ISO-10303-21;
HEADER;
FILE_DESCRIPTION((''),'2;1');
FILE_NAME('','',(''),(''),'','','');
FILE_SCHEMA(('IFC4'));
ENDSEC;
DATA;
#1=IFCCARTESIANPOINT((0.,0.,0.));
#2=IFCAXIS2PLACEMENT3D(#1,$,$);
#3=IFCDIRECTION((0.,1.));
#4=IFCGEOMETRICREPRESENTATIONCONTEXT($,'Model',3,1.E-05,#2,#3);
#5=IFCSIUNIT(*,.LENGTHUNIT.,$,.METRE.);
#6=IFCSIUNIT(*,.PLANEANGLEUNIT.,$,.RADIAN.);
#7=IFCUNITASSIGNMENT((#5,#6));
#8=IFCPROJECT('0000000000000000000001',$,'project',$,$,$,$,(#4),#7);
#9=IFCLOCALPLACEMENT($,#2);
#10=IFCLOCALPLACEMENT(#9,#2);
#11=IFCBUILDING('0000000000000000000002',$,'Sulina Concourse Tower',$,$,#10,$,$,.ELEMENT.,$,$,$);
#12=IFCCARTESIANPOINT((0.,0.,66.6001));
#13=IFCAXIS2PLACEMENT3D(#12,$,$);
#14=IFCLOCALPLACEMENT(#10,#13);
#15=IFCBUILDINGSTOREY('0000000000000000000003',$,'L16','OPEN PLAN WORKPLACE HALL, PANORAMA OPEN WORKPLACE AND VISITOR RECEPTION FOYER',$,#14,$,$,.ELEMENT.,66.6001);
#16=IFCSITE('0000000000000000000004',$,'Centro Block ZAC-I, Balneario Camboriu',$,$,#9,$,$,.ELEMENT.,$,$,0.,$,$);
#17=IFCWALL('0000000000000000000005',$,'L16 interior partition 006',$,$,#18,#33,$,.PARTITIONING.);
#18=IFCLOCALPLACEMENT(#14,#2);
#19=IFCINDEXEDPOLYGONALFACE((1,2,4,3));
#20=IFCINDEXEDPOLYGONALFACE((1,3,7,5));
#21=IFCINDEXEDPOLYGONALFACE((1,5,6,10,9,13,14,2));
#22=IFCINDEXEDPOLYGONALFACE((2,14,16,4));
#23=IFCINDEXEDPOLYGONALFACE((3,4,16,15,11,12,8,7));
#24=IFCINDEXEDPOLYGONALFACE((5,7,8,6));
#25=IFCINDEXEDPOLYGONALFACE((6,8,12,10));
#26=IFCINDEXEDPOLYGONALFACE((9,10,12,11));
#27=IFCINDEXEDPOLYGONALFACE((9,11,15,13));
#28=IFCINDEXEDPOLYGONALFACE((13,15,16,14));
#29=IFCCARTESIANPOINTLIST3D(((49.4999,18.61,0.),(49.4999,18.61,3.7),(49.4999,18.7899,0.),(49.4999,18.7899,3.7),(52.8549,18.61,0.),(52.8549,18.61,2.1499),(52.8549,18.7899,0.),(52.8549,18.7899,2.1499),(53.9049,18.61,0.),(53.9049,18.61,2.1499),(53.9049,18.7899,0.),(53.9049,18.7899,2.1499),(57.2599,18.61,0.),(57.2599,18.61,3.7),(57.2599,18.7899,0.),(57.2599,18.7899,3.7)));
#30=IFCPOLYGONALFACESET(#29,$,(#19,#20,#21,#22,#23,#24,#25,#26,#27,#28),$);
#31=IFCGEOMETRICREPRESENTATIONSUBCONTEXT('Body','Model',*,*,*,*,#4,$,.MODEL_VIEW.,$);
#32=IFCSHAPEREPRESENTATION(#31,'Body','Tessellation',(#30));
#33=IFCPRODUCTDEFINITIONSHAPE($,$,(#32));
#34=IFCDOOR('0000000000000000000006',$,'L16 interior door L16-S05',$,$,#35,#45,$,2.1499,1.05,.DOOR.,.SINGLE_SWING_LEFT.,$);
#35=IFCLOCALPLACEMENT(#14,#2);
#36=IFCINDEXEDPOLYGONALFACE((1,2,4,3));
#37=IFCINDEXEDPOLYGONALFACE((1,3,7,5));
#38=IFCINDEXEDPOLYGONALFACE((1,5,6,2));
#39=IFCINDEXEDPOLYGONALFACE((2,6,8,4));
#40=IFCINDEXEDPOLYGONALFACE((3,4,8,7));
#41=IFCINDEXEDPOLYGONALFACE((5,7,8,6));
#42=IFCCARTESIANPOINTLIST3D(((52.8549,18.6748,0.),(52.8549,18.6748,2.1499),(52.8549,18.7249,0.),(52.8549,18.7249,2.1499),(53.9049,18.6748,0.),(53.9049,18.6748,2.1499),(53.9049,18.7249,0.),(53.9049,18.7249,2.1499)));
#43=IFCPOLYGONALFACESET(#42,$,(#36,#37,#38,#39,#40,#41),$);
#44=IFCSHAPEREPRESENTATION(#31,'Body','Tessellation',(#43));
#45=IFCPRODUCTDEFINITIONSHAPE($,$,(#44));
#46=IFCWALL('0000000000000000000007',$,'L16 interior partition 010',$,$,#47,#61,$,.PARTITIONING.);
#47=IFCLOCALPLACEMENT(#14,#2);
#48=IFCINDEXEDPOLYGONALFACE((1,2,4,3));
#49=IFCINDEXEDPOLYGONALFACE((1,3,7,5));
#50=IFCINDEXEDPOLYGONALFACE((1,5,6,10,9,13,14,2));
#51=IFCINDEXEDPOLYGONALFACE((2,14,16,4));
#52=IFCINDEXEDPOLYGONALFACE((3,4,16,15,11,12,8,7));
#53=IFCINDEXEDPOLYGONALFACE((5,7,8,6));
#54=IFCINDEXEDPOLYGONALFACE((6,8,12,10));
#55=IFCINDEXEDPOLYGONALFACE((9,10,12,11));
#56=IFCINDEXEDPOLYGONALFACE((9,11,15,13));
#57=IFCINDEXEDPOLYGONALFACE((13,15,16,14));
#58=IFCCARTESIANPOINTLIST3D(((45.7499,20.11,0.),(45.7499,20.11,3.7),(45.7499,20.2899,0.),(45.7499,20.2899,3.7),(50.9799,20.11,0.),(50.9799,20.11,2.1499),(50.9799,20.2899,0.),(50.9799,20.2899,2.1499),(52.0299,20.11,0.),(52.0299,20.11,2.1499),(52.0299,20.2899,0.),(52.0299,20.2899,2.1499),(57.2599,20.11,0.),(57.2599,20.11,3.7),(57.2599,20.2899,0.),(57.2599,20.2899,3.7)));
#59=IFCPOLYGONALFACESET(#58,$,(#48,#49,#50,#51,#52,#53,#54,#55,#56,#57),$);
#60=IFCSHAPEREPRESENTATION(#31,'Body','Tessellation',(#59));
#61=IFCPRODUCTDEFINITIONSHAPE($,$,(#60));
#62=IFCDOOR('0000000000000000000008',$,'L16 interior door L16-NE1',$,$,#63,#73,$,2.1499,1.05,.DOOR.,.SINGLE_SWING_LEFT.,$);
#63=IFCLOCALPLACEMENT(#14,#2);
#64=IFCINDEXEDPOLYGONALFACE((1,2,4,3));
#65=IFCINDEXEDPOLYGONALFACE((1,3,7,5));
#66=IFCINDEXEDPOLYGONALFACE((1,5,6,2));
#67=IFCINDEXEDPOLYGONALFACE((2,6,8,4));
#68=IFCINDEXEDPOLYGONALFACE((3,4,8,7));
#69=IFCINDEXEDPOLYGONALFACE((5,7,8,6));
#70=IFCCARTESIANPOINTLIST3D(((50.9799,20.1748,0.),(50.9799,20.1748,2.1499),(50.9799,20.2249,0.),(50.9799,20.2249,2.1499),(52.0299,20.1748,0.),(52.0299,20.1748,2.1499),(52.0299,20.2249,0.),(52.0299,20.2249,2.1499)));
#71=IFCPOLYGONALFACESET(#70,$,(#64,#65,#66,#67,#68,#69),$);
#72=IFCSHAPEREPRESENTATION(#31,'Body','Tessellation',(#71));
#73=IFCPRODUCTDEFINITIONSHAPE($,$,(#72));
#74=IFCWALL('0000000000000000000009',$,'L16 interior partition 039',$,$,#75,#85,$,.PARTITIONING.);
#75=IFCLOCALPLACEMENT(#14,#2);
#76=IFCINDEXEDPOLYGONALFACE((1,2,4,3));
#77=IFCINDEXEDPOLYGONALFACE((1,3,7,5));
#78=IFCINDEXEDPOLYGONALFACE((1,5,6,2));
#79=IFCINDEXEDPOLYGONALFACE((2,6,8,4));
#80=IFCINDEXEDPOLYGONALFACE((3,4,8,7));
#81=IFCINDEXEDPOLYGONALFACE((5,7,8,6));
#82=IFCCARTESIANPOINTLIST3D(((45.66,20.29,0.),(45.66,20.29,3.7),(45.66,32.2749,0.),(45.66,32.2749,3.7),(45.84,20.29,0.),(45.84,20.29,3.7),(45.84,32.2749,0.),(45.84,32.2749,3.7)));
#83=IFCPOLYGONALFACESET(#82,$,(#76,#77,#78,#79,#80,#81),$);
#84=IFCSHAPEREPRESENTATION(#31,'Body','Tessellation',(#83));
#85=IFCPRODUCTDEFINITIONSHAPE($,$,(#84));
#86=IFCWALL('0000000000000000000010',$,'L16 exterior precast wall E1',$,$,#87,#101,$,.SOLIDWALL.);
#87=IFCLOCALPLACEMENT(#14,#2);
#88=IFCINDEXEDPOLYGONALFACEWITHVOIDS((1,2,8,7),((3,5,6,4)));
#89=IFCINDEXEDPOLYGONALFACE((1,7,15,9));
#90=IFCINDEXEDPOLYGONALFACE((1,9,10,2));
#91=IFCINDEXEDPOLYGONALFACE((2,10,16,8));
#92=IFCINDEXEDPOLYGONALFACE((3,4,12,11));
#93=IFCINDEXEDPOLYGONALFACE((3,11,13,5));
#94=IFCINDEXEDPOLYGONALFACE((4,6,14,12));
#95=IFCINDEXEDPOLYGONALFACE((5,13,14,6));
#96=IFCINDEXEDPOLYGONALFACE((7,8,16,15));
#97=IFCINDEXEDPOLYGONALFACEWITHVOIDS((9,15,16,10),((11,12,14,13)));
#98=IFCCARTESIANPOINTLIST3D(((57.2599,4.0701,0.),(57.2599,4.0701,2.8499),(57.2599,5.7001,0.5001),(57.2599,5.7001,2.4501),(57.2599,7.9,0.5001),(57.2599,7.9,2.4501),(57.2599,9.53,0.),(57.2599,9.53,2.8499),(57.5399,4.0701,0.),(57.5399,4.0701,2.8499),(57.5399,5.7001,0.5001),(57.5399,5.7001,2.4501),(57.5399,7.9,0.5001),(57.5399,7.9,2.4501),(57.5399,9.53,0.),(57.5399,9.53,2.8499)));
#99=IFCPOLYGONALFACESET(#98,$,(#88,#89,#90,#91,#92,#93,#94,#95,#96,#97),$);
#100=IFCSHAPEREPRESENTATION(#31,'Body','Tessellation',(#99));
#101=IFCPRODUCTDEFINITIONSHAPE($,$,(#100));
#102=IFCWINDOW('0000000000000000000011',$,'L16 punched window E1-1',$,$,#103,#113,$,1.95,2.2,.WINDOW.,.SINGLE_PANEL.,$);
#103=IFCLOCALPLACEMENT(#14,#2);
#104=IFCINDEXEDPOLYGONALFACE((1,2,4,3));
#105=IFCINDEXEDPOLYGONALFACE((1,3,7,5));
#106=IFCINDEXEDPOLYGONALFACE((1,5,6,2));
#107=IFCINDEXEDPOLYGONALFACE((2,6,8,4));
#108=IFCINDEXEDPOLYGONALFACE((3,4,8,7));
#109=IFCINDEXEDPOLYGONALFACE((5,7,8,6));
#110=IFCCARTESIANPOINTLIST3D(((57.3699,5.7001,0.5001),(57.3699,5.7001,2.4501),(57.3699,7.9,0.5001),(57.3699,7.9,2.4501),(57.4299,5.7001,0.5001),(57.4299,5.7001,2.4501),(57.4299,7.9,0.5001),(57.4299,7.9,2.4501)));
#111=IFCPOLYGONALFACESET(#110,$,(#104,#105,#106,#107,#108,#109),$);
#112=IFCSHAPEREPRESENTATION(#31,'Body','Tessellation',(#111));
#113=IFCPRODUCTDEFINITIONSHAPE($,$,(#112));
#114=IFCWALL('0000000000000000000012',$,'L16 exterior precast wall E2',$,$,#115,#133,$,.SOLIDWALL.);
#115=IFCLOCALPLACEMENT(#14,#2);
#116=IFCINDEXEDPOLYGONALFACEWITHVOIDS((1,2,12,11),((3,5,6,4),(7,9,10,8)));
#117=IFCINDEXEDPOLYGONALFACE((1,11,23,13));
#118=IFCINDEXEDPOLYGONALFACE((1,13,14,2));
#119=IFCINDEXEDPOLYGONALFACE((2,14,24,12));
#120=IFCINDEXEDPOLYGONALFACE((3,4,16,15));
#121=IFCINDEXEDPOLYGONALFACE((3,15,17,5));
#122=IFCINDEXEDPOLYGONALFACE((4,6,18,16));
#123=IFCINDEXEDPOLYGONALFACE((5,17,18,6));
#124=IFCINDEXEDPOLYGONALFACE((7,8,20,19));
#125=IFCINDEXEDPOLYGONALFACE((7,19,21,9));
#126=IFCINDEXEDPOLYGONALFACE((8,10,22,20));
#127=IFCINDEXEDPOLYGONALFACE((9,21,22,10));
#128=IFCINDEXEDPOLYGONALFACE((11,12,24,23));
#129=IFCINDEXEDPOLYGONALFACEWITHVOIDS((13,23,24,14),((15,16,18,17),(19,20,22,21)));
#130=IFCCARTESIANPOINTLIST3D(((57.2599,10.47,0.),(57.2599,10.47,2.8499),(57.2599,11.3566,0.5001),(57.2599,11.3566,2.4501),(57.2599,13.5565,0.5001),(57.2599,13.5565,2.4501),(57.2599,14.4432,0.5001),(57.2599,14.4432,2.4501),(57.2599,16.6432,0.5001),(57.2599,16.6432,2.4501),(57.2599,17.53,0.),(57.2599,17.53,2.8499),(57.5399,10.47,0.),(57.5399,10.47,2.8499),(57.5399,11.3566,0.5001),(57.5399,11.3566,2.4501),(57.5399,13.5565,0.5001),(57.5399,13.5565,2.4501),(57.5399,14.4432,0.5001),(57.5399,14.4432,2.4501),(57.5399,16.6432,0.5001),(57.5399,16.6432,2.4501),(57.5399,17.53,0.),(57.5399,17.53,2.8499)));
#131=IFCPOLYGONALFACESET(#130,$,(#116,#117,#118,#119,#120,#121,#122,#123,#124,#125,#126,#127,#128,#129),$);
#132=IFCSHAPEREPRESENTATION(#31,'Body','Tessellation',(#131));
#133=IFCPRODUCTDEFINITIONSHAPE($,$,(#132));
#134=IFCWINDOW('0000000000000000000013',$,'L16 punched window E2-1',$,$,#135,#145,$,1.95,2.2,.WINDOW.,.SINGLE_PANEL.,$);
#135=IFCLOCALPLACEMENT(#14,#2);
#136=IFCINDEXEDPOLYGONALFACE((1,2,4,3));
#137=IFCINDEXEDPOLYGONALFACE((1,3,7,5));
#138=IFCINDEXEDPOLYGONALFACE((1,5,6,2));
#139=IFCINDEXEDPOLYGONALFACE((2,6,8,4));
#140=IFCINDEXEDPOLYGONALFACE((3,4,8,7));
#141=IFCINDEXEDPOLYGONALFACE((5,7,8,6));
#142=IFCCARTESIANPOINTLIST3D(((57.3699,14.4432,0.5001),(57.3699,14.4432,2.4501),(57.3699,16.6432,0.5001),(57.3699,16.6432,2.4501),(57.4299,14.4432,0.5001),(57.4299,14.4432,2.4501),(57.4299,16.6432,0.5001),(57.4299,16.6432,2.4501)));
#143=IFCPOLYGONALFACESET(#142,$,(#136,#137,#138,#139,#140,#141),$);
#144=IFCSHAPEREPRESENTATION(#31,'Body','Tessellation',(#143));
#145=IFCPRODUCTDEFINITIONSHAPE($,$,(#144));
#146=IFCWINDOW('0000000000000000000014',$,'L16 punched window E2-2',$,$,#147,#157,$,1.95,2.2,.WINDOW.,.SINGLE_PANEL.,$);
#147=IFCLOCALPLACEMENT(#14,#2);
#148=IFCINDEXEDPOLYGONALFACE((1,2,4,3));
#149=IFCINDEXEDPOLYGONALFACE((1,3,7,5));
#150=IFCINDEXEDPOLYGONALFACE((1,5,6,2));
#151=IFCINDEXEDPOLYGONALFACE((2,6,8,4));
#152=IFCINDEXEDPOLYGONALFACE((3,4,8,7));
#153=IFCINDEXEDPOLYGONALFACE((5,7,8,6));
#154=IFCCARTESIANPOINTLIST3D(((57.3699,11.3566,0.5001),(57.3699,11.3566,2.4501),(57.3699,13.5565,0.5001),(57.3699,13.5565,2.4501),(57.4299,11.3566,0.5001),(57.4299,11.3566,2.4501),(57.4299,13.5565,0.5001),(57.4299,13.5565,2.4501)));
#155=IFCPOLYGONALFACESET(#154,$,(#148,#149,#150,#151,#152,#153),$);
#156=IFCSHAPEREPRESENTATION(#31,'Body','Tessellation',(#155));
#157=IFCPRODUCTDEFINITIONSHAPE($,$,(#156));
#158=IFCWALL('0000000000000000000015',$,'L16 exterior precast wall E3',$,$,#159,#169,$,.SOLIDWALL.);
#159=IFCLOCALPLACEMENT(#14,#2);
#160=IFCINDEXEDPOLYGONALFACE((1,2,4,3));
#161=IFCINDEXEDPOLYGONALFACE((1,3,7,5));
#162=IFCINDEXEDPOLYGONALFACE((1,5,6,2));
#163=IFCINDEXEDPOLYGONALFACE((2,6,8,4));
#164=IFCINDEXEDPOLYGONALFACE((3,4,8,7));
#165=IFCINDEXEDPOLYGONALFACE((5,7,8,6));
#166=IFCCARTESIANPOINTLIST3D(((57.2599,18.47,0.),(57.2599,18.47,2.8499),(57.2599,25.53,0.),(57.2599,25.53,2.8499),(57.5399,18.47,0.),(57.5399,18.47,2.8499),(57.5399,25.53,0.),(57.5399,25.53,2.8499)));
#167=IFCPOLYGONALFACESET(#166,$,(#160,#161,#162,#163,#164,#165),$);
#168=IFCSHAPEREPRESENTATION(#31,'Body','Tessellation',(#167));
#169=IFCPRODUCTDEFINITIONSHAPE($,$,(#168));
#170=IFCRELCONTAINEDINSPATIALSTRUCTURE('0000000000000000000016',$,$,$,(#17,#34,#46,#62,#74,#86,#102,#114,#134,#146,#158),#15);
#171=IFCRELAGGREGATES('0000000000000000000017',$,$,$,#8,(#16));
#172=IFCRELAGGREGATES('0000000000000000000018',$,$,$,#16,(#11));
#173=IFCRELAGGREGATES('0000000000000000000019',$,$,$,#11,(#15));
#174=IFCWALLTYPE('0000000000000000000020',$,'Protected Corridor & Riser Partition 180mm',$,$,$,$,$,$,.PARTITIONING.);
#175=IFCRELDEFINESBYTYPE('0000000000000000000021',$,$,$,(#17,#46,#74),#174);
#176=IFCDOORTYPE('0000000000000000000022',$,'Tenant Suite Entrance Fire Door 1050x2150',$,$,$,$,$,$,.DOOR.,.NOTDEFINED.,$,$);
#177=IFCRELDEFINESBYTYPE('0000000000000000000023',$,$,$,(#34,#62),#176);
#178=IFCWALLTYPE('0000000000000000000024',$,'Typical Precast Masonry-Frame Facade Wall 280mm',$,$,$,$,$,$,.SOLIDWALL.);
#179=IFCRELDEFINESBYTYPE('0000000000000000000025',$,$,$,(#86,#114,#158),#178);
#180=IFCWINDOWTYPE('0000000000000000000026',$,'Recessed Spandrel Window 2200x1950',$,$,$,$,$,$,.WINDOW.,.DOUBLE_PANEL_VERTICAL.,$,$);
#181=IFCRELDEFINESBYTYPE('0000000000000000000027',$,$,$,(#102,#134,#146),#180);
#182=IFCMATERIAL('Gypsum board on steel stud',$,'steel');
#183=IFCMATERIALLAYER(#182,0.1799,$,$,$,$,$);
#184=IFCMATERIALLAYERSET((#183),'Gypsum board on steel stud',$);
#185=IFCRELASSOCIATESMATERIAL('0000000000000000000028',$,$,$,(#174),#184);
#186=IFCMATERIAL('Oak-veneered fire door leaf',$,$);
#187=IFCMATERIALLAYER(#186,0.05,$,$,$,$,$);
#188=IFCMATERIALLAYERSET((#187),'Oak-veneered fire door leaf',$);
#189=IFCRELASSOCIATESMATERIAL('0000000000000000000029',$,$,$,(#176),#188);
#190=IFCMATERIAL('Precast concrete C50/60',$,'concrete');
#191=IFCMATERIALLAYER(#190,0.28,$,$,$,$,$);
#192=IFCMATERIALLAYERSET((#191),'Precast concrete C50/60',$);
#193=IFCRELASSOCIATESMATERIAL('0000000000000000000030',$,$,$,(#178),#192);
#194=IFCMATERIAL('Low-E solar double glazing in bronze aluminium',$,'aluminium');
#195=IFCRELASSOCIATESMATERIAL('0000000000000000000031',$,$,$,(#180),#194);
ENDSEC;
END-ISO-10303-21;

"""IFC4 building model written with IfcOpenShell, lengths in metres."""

from ifc_helpers import new_model, si_unit, direction, frame, frame_2d, origin, place, context, subcontext, project, spatial, rectangle, extrude, material, layer, layer_set, type_object, element, fill, save


model = new_model("IFC4")

# Units and contexts
model_context = context("Model", 3, precision=1e-05, world=origin(), true_north=direction((0.0, 1.0)))
body_context = subcontext(model_context, "Body", "Model", "MODEL_VIEW")
ifc_project = project(units=[si_unit("LENGTHUNIT", "METRE"), si_unit("PLANEANGLEUNIT", "RADIAN")], contexts=[model_context])

# Site, building, storey
site_placement = place(None, origin())
site = spatial("IfcSite", under=ifc_project, at=site_placement, Name="Centro Block ZAC-I, Balneario Camboriu", CompositionType="ELEMENT", RefElevation=0.0)
building_placement = place(site_placement, origin())
building = spatial("IfcBuilding", under=site, at=building_placement, Name="Sulina Concourse Tower", CompositionType="ELEMENT")
storey_placement = place(building_placement, frame((0.0, 0.0, 66.6001)))
storey = spatial("IfcBuildingStorey", under=building, at=storey_placement, Name="L16", Description="OPEN PLAN WORKPLACE HALL, PANORAMA OPEN WORKPLACE AND VISITOR RECEPTION FOYER", CompositionType="ELEMENT", Elevation=66.6001)

# Walls, openings, doors
ifc_material_1 = material(Name="Gypsum board on steel stud", Category="steel")
ifc_layer_1 = layer(ifc_material_1, 0.1799)
ifc_layer_set_1 = layer_set([ifc_layer_1], Name="Gypsum board on steel stud")
wall_type_1 = type_object("IfcWallType", Name="Protected Corridor & Riser Partition 180mm", PredefinedType="PARTITIONING", material=ifc_layer_set_1)
wall_1_placement = place(storey_placement, frame((49.5, 18.7, 0.0), z_axis=(0.0, 0.0, 1.0), x_axis=(1.0, 0.0, 0.0)))
wall_1 = element("IfcWall", 1, at=wall_1_placement, inside=storey, type_object=wall_type_1, Name="L16 interior partition 006", PredefinedType="PARTITIONING", context=body_context, shape_type="SweptSolid", body=[
    extrude(rectangle(XDim=7.76, YDim=0.1799, at=frame_2d((3.8799, 0.0))), origin(), (0.0, 0.0, 1.0), 3.7),
])
opening_1_placement = place(wall_1_placement, frame((3.355, 0.0, 0.0)))
opening_1 = element("IfcOpeningElement", 2, at=opening_1_placement, cuts=wall_1, PredefinedType="OPENING", context=body_context, shape_type="SweptSolid", body=[
    extrude(rectangle(XDim=1.05, YDim=2.1499, at=frame_2d((0.5249, 1.075))), frame((0.0, 0.0999, 0.0), z_axis=(0.0, -1.0, 0.0), x_axis=(1.0, 0.0, 0.0)), (0.0, 0.0, 1.0), 0.2),
])
ifc_material_2 = material(Name="Oak-veneered fire door leaf")
ifc_layer_2 = layer(ifc_material_2, 0.05)
ifc_layer_set_2 = layer_set([ifc_layer_2], Name="Oak-veneered fire door leaf")
door_type = type_object("IfcDoorType", Name="Tenant Suite Entrance Fire Door 1050x2150", OperationType="NOTDEFINED", PredefinedType="DOOR", material=ifc_layer_set_2)
door_1_placement = place(opening_1_placement, origin())
door_1 = element("IfcDoor", 3, at=door_1_placement, inside=storey, type_object=door_type, Name="L16 interior door L16-S05", OperationType="SINGLE_SWING_LEFT", OverallHeight=2.1499, OverallWidth=1.05, PredefinedType="DOOR", context=body_context, shape_type="SweptSolid", body=[
    extrude(rectangle(XDim=1.05, YDim=2.1499, at=frame_2d((0.5249, 1.075))), frame((0.0, 0.0249, 0.0), z_axis=(0.0, -1.0, 0.0), x_axis=(1.0, 0.0, 0.0)), (0.0, 0.0, 1.0), 0.05),
])
fill(opening_1, door_1)
wall_2_placement = place(storey_placement, frame((45.75, 20.2, 0.0), z_axis=(0.0, 0.0, 1.0), x_axis=(1.0, 0.0, 0.0)))
wall_2 = element("IfcWall", 4, at=wall_2_placement, inside=storey, type_object=wall_type_1, Name="L16 interior partition 010", PredefinedType="PARTITIONING", context=body_context, shape_type="SweptSolid", body=[
    extrude(rectangle(XDim=11.51, YDim=0.1799, at=frame_2d((5.7549, 0.0))), origin(), (0.0, 0.0, 1.0), 3.7),
])
opening_2_placement = place(wall_2_placement, frame((5.23, 0.0, 0.0)))
opening_2 = element("IfcOpeningElement", 5, at=opening_2_placement, cuts=wall_2, PredefinedType="OPENING", context=body_context, shape_type="SweptSolid", body=[
    extrude(rectangle(XDim=1.05, YDim=2.1499, at=frame_2d((0.5249, 1.075))), frame((0.0, 0.0999, 0.0), z_axis=(0.0, -1.0, 0.0), x_axis=(1.0, 0.0, 0.0)), (0.0, 0.0, 1.0), 0.2),
])
door_2_placement = place(opening_2_placement, origin())
door_2 = element("IfcDoor", 6, at=door_2_placement, inside=storey, type_object=door_type, Name="L16 interior door L16-NE1", OperationType="SINGLE_SWING_LEFT", OverallHeight=2.1499, OverallWidth=1.05, PredefinedType="DOOR", context=body_context, shape_type="SweptSolid", body=[
    extrude(rectangle(XDim=1.05, YDim=2.1499, at=frame_2d((0.5249, 1.075))), frame((0.0, 0.0249, 0.0), z_axis=(0.0, -1.0, 0.0), x_axis=(1.0, 0.0, 0.0)), (0.0, 0.0, 1.0), 0.05),
])
fill(opening_2, door_2)

# Wall
wall_3_placement = place(storey_placement, frame((45.75, 20.29, 0.0), z_axis=(0.0, 0.0, 1.0), x_axis=(0.0, 1.0, 0.0)))
element("IfcWall", 7, at=wall_3_placement, inside=storey, type_object=wall_type_1, Name="L16 interior partition 039", PredefinedType="PARTITIONING", context=body_context, shape_type="SweptSolid", body=[
    extrude(rectangle(XDim=11.9849, YDim=0.1799, at=frame_2d((5.9924, 0.0))), origin(), (0.0, 0.0, 1.0), 3.7),
])

# Wall, opening, window
ifc_material_3 = material(Name="Precast concrete C50/60", Category="concrete")
ifc_layer_3 = layer(ifc_material_3, 0.28)
ifc_layer_set_3 = layer_set([ifc_layer_3], Name="Precast concrete C50/60")
wall_type_2 = type_object("IfcWallType", Name="Typical Precast Masonry-Frame Facade Wall 280mm", PredefinedType="SOLIDWALL", material=ifc_layer_set_3)
wall_4_placement = place(storey_placement, frame((57.3999, 9.53, 0.0), z_axis=(0.0, 0.0, 1.0), x_axis=(0.0, -1.0, 0.0)))
wall_4 = element("IfcWall", 8, at=wall_4_placement, inside=storey, type_object=wall_type_2, Name="L16 exterior precast wall E1", PredefinedType="SOLIDWALL", context=body_context, shape_type="SweptSolid", body=[
    extrude(rectangle(XDim=5.46, YDim=0.28, at=frame_2d((2.73, 0.0))), origin(), (0.0, 0.0, 1.0), 2.8499),
])
opening_3_placement = place(wall_4_placement, frame((1.6299, 0.0, 0.5)))
opening_3 = element("IfcOpeningElement", 9, at=opening_3_placement, cuts=wall_4, PredefinedType="OPENING", context=body_context, shape_type="SweptSolid", body=[
    extrude(rectangle(XDim=2.2, YDim=1.95, at=frame_2d((1.1001, 0.9751))), frame((0.0, 0.1499, 0.0), z_axis=(0.0, -1.0, 0.0), x_axis=(1.0, 0.0, 0.0)), (0.0, 0.0, 1.0), 0.3),
])
ifc_material_4 = material(Name="Low-E solar double glazing in bronze aluminium", Category="aluminium")
window_type = type_object("IfcWindowType", Name="Recessed Spandrel Window 2200x1950", PartitioningType="DOUBLE_PANEL_VERTICAL", PredefinedType="WINDOW", material=ifc_material_4)
window_1_placement = place(opening_3_placement, origin())
window_1 = element("IfcWindow", 10, at=window_1_placement, inside=storey, type_object=window_type, Name="L16 punched window E1-1", OverallHeight=1.95, OverallWidth=2.2, PartitioningType="SINGLE_PANEL", PredefinedType="WINDOW", context=body_context, shape_type="SweptSolid", body=[
    extrude(rectangle(XDim=2.2, YDim=1.95, at=frame_2d((1.1001, 0.9751))), frame((0.0, 0.03, 0.0), z_axis=(0.0, -1.0, 0.0), x_axis=(1.0, 0.0, 0.0)), (0.0, 0.0, 1.0), 0.0601),
])
fill(opening_3, window_1)

# Wall, openings, windows
wall_5_placement = place(storey_placement, frame((57.3999, 17.53, 0.0), z_axis=(0.0, 0.0, 1.0), x_axis=(0.0, -1.0, 0.0)))
wall_5 = element("IfcWall", 11, at=wall_5_placement, inside=storey, type_object=wall_type_2, Name="L16 exterior precast wall E2", PredefinedType="SOLIDWALL", context=body_context, shape_type="SweptSolid", body=[
    extrude(rectangle(XDim=7.0601, YDim=0.28, at=frame_2d((3.53, 0.0))), origin(), (0.0, 0.0, 1.0), 2.8499),
])
opening_4_placement = place(wall_5_placement, frame((0.8867, 0.0, 0.5)))
opening_4 = element("IfcOpeningElement", 12, at=opening_4_placement, cuts=wall_5, PredefinedType="OPENING", context=body_context, shape_type="SweptSolid", body=[
    extrude(rectangle(XDim=2.2, YDim=1.95, at=frame_2d((1.1001, 0.9751))), frame((0.0, 0.1499, 0.0), z_axis=(0.0, -1.0, 0.0), x_axis=(1.0, 0.0, 0.0)), (0.0, 0.0, 1.0), 0.3),
])
opening_5_placement = place(wall_5_placement, frame((3.9734, 0.0, 0.5)))
opening_5 = element("IfcOpeningElement", 13, at=opening_5_placement, cuts=wall_5, PredefinedType="OPENING", context=body_context, shape_type="SweptSolid", body=[
    extrude(rectangle(XDim=2.2, YDim=1.95, at=frame_2d((1.1001, 0.9751))), frame((0.0, 0.1499, 0.0), z_axis=(0.0, -1.0, 0.0), x_axis=(1.0, 0.0, 0.0)), (0.0, 0.0, 1.0), 0.3),
])
window_2_placement = place(opening_4_placement, origin())
window_2 = element("IfcWindow", 14, at=window_2_placement, inside=storey, type_object=window_type, Name="L16 punched window E2-1", OverallHeight=1.95, OverallWidth=2.2, PartitioningType="SINGLE_PANEL", PredefinedType="WINDOW", context=body_context, shape_type="SweptSolid", body=[
    extrude(rectangle(XDim=2.2, YDim=1.95, at=frame_2d((1.1001, 0.9751))), frame((0.0, 0.03, 0.0), z_axis=(0.0, -1.0, 0.0), x_axis=(1.0, 0.0, 0.0)), (0.0, 0.0, 1.0), 0.0601),
])
fill(opening_4, window_2)
window_3_placement = place(opening_5_placement, origin())
window_3 = element("IfcWindow", 15, at=window_3_placement, inside=storey, type_object=window_type, Name="L16 punched window E2-2", OverallHeight=1.95, OverallWidth=2.2, PartitioningType="SINGLE_PANEL", PredefinedType="WINDOW", context=body_context, shape_type="SweptSolid", body=[
    extrude(rectangle(XDim=2.2, YDim=1.95, at=frame_2d((1.1001, 0.9751))), frame((0.0, 0.03, 0.0), z_axis=(0.0, -1.0, 0.0), x_axis=(1.0, 0.0, 0.0)), (0.0, 0.0, 1.0), 0.0601),
])
fill(opening_5, window_3)

# Wall
wall_6_placement = place(storey_placement, frame((57.3999, 25.53, 0.0), z_axis=(0.0, 0.0, 1.0), x_axis=(0.0, -1.0, 0.0)))
element("IfcWall", 16, at=wall_6_placement, inside=storey, type_object=wall_type_2, Name="L16 exterior precast wall E3", PredefinedType="SOLIDWALL", context=body_context, shape_type="SweptSolid", body=[
    extrude(rectangle(XDim=7.0601, YDim=0.28, at=frame_2d((3.53, 0.0))), origin(), (0.0, 0.0, 1.0), 2.8499),
])

save(model, "model.ifc")
